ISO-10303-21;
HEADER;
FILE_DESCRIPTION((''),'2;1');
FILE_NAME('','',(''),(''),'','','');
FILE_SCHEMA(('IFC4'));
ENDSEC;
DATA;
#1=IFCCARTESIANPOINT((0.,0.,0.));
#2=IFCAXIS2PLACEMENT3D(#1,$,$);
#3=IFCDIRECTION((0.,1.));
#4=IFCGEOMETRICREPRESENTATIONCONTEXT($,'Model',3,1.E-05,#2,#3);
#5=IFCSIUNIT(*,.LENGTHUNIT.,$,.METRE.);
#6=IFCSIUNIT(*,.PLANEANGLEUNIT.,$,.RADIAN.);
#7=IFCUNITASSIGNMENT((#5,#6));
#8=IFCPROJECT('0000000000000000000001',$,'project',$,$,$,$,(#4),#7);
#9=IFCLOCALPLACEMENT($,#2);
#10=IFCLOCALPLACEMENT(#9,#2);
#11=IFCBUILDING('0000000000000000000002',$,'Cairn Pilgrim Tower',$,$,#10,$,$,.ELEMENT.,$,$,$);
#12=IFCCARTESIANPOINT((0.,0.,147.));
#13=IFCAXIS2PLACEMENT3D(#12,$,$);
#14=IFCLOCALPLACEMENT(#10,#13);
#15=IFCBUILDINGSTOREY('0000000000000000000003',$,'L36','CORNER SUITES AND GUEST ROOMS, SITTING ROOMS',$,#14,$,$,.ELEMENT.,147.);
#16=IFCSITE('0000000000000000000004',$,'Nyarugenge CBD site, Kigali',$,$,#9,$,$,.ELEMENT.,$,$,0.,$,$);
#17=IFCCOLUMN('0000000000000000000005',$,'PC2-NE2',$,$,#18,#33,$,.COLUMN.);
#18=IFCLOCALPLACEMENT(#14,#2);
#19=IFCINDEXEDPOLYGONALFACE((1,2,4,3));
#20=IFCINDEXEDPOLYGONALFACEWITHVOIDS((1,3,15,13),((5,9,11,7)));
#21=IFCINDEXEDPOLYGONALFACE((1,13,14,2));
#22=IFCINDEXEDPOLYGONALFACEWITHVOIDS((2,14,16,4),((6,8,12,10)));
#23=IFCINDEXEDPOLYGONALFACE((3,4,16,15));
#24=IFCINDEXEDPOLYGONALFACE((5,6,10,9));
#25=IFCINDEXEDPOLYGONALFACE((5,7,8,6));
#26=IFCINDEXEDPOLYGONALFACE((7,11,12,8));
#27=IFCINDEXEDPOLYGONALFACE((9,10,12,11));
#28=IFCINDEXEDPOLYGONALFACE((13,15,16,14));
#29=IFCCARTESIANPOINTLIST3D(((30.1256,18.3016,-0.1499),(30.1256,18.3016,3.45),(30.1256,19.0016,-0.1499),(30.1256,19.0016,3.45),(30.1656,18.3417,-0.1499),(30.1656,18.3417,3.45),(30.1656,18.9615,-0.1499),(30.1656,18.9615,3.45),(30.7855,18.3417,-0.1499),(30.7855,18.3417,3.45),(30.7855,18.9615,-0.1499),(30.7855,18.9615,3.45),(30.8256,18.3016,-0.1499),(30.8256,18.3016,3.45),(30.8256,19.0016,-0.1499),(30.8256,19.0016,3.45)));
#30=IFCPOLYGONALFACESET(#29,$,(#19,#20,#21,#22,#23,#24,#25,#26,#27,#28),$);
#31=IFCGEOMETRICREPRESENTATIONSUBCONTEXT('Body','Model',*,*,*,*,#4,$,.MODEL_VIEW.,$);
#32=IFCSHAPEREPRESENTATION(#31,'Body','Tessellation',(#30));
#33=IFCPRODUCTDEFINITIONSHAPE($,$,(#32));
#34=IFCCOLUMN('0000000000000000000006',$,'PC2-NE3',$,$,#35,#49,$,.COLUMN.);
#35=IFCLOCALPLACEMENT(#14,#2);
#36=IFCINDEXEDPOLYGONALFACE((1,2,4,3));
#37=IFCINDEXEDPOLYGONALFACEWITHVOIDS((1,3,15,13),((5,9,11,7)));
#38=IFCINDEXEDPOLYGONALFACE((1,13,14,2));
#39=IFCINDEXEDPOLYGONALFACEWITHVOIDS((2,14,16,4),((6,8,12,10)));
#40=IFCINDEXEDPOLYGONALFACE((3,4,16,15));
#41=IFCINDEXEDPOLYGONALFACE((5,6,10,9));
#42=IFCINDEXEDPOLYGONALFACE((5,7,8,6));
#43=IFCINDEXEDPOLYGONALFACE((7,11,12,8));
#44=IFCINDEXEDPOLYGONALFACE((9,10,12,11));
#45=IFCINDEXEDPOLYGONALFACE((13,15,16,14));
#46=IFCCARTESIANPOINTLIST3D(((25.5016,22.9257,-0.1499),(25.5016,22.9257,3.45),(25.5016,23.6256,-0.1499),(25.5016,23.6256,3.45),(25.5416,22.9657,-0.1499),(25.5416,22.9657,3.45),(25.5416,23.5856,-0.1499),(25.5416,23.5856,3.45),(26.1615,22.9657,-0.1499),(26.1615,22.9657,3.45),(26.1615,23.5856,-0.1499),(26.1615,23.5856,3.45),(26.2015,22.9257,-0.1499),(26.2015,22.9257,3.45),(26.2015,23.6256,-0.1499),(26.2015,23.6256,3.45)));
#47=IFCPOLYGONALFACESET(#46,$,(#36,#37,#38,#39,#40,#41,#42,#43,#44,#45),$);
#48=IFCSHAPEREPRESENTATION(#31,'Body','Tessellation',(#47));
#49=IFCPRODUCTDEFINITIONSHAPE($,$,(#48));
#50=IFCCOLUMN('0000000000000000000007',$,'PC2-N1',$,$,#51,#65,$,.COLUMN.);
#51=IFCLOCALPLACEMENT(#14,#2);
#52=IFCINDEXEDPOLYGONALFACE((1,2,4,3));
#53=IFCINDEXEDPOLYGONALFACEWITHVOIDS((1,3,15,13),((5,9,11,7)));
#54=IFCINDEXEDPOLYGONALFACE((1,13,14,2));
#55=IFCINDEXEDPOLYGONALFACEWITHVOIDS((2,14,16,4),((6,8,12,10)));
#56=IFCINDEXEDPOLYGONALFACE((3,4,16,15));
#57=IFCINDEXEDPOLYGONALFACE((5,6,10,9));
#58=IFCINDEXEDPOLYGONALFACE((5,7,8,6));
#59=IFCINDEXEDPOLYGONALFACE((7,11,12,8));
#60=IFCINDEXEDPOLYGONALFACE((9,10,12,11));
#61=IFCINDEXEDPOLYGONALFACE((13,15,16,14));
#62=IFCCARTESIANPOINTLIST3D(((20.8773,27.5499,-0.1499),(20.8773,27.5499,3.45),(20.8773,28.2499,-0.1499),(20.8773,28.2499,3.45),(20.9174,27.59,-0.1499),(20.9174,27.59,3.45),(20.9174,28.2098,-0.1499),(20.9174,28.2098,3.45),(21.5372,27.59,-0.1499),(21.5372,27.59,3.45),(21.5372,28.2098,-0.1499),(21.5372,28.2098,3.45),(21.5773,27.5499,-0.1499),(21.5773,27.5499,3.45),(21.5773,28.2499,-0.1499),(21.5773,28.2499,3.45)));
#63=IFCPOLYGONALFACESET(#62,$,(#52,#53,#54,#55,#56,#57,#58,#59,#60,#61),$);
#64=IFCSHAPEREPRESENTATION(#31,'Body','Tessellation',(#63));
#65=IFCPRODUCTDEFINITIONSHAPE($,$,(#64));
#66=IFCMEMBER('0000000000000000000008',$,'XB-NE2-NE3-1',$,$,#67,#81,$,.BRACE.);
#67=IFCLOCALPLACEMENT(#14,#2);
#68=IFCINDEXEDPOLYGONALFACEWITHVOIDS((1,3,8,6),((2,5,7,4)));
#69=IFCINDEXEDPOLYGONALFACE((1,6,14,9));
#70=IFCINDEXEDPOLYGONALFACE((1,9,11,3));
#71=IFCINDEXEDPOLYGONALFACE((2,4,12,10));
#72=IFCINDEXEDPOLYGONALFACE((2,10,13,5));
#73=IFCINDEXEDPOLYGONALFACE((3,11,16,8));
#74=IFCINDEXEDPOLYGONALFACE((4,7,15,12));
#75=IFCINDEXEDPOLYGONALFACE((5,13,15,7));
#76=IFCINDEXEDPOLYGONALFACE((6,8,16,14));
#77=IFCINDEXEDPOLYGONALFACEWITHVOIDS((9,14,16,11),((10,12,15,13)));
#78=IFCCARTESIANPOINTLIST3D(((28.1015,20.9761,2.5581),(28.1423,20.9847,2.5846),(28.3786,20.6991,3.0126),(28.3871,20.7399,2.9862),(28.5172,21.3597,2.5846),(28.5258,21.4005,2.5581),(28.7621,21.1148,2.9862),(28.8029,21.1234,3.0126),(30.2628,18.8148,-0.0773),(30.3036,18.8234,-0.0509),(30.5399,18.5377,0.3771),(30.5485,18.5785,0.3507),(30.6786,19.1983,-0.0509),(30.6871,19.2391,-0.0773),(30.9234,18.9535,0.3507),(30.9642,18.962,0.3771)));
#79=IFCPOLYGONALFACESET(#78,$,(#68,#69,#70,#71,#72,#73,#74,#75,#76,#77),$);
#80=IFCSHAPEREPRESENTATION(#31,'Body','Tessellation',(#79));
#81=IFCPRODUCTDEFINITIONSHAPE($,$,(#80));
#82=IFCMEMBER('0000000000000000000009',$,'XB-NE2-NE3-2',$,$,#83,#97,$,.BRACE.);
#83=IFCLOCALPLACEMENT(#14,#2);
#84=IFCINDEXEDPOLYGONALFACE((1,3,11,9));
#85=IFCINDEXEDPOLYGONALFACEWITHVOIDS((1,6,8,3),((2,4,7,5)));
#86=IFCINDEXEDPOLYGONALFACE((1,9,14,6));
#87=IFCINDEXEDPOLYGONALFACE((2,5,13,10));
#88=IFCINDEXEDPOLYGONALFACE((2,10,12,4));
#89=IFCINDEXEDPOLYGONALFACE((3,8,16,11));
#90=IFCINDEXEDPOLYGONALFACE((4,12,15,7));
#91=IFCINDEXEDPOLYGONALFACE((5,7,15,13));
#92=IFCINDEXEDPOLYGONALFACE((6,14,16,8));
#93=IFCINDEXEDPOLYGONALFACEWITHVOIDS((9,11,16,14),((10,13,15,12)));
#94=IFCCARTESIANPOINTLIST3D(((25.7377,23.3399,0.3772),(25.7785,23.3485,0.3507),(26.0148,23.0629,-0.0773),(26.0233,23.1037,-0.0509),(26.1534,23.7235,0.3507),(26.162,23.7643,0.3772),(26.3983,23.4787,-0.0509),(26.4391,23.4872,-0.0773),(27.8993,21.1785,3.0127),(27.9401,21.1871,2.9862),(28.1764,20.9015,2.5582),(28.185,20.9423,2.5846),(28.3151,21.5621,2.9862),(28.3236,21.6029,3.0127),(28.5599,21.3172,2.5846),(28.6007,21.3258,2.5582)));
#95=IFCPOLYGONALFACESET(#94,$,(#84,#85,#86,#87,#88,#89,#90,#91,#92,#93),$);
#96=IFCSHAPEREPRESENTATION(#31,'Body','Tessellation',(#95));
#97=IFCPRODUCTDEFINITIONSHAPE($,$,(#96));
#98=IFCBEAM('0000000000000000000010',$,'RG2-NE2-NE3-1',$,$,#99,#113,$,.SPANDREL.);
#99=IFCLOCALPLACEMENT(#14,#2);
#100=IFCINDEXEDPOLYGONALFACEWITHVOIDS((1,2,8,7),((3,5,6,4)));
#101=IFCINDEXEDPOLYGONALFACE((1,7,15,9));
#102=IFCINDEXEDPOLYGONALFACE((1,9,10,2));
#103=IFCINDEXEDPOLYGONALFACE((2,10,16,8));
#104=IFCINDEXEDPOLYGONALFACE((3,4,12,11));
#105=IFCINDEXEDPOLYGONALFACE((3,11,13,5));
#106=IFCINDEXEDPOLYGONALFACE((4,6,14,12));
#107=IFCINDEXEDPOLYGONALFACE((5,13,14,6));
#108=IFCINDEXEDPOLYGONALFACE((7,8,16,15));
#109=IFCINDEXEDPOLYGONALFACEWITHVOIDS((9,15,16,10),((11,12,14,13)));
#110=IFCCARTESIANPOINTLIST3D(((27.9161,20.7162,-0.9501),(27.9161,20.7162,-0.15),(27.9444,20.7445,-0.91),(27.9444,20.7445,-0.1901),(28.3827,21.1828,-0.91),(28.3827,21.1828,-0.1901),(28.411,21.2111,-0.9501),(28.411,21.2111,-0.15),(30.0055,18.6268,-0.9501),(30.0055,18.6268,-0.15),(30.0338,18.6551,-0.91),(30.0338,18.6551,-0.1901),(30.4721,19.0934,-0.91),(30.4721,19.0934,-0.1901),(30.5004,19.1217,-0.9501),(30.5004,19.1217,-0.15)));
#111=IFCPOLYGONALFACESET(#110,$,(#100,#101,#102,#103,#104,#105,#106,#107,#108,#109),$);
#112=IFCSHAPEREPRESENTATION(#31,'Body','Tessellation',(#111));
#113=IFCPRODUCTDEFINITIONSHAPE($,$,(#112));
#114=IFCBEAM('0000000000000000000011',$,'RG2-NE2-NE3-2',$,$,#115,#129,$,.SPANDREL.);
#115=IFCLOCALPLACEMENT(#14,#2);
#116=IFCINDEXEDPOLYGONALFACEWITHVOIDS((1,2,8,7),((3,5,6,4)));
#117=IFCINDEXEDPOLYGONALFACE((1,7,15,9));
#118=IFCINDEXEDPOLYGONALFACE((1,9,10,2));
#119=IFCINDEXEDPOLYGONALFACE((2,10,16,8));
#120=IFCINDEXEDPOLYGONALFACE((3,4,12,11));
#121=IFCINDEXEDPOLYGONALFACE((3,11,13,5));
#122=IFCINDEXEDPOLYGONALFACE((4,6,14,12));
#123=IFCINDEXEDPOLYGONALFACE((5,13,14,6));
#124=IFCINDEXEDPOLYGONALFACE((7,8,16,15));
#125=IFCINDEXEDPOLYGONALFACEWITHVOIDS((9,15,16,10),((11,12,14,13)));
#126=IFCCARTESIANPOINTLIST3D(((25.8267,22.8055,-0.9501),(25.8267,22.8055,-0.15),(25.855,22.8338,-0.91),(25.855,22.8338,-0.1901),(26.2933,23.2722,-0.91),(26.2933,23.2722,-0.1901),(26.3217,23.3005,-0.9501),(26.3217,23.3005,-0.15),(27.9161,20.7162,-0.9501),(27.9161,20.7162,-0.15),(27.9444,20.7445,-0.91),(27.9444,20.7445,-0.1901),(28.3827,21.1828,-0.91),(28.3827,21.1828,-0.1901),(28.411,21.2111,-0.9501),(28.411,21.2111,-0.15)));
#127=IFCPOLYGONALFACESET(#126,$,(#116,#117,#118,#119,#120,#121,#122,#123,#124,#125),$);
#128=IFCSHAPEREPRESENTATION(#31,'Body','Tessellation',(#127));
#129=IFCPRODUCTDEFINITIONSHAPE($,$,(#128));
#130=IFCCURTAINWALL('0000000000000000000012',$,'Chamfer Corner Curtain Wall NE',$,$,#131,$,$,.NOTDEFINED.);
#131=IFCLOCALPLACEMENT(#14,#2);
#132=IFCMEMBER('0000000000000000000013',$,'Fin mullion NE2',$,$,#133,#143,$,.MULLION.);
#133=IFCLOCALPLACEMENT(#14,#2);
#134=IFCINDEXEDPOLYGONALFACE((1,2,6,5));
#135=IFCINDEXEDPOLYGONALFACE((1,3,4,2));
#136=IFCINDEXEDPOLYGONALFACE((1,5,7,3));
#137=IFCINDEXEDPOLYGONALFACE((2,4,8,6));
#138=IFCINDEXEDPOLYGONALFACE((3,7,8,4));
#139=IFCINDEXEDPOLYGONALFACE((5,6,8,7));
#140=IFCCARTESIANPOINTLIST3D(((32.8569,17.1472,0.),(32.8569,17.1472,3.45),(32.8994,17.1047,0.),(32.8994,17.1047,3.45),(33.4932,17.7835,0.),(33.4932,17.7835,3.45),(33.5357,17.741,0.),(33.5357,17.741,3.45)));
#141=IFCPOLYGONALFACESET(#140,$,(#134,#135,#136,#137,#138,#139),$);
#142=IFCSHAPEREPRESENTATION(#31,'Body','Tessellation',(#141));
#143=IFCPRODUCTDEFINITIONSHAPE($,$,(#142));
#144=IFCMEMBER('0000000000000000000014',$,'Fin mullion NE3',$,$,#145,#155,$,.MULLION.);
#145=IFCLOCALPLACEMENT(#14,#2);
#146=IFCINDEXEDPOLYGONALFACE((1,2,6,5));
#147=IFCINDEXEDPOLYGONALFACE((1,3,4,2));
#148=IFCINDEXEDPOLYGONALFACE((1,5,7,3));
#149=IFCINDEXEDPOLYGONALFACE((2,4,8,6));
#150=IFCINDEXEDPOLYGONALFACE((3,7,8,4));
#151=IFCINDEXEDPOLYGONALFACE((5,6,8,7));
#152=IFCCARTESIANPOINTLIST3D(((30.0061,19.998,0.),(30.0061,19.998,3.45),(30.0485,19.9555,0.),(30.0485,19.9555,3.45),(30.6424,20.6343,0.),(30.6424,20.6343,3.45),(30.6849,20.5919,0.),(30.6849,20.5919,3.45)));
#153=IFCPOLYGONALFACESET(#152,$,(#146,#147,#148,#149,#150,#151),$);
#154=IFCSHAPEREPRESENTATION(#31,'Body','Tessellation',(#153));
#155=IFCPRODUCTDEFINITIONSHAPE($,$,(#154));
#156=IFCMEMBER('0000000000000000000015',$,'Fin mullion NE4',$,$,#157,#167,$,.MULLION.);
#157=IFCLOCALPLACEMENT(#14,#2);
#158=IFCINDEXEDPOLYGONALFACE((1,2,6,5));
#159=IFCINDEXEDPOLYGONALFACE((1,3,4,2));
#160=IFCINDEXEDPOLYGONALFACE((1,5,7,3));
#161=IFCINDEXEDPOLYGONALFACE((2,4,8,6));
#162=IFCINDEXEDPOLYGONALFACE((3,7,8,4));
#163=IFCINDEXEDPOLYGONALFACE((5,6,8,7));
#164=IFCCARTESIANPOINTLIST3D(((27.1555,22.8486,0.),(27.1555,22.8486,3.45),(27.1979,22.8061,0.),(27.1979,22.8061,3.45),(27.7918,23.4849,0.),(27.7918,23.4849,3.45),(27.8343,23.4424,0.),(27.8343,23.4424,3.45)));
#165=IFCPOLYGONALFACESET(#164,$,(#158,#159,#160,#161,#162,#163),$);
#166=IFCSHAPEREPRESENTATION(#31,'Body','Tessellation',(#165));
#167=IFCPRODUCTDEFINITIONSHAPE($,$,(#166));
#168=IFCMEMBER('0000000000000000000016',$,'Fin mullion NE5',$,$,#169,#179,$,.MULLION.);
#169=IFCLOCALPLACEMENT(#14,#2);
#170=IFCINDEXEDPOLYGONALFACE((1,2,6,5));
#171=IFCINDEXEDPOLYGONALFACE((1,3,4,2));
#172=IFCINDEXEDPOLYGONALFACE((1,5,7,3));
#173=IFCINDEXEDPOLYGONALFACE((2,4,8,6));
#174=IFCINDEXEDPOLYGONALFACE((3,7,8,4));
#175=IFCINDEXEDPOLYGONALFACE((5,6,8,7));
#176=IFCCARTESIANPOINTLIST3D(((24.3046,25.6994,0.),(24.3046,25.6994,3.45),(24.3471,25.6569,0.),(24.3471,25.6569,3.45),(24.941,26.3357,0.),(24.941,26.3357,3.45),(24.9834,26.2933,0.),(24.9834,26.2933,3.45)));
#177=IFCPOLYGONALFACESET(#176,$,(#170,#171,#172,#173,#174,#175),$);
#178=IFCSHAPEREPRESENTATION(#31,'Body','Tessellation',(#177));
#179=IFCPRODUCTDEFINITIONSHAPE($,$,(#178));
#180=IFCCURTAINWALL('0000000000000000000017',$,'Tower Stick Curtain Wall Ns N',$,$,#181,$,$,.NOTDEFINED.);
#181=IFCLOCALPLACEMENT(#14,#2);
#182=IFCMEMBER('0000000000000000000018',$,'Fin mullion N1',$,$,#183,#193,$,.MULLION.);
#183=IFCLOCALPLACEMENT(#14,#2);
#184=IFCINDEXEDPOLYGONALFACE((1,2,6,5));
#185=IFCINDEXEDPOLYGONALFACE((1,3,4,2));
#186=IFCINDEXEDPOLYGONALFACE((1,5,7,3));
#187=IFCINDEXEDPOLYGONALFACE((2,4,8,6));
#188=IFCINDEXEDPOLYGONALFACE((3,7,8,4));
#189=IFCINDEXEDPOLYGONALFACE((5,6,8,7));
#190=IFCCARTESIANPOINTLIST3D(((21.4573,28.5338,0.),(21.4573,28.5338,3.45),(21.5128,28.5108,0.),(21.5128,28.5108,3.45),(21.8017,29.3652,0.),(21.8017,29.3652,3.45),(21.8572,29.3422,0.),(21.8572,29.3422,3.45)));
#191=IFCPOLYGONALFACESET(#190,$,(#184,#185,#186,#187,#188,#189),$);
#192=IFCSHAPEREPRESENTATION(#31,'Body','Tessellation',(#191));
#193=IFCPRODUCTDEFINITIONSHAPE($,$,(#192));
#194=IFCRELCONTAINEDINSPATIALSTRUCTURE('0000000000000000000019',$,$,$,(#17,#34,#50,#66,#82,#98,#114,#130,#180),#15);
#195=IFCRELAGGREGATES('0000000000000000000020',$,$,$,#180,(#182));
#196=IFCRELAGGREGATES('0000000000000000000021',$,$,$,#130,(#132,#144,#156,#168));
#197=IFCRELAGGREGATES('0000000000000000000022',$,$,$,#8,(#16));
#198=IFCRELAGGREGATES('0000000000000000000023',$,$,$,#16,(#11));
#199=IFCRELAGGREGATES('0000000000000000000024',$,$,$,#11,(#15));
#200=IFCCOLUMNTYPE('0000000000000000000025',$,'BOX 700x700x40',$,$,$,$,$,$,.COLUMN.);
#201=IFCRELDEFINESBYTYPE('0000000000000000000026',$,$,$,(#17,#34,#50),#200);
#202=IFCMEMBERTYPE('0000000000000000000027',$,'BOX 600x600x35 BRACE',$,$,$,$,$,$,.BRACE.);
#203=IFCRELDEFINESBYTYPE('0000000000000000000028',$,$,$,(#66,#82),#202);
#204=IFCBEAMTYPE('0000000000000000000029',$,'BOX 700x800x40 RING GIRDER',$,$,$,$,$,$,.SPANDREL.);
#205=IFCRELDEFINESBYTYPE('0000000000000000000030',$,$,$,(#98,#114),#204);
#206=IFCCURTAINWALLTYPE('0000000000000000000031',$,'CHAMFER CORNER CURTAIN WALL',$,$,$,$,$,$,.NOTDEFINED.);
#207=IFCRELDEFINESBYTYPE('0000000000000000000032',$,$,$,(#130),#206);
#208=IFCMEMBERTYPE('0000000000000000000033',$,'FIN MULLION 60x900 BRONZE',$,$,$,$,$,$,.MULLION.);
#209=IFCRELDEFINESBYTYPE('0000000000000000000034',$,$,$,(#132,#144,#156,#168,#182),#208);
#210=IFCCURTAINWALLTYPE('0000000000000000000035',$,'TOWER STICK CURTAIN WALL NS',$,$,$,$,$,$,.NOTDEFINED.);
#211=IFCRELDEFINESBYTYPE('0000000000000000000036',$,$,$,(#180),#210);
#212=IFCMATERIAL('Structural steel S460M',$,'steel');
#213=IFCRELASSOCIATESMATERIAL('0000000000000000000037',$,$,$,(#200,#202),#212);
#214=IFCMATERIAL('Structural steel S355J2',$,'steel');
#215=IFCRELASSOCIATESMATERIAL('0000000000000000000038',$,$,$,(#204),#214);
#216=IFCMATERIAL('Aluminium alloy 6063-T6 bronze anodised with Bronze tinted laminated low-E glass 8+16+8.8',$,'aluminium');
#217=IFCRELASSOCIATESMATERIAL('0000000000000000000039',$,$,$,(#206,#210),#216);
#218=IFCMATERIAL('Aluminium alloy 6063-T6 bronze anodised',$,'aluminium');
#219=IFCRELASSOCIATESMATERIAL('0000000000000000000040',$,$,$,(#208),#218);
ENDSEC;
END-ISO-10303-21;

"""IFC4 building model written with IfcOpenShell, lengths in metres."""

from ifc_helpers import new_model, si_unit, direction, frame, origin, origin_2d, place, context, subcontext, project, spatial, rectangle, hollow_rectangle, extrude, material, material_profile, profile_set, type_object, element, aggregate, save


model = new_model("IFC4")

# Units and contexts
model_context = context("Model", 3, precision=1e-05, world=origin(), true_north=direction((0.0, 1.0)))
body_context = subcontext(model_context, "Body", "Model", "MODEL_VIEW")
ifc_project = project(units=[si_unit("LENGTHUNIT", "METRE"), si_unit("PLANEANGLEUNIT", "RADIAN")], contexts=[model_context])

# Site, building, storey
site_placement = place(None, origin())
site = spatial("IfcSite", under=ifc_project, at=site_placement, Name="Nyarugenge CBD site, Kigali", CompositionType="ELEMENT", RefElevation=0.0)
building_placement = place(site_placement, origin())
building = spatial("IfcBuilding", under=site, at=building_placement, Name="Cairn Pilgrim Tower", CompositionType="ELEMENT")
storey_placement = place(building_placement, frame((0.0, 0.0, 147.0)))
storey = spatial("IfcBuildingStorey", under=building, at=storey_placement, Name="L36", Description="CORNER SUITES AND GUEST ROOMS, SITTING ROOMS", CompositionType="ELEMENT", Elevation=147.0)

# Columns
ifc_material_1 = material(Name="Structural steel S460M", Category="steel")
ifc_material_profile_1 = material_profile(ifc_material_1, hollow_rectangle(XDim=0.7, YDim=0.7, WallThickness=0.04, at=origin_2d()), Name="BOX 700x700x40")
ifc_profile_set_1 = profile_set([ifc_material_profile_1], Name="Structural steel S460M")
column_type = type_object("IfcColumnType", Name="BOX 700x700x40", PredefinedType="COLUMN", material=ifc_profile_set_1)
for number, where, z_axis, x_axis, name in (
    (1, (30.4756, 18.6516, -0.1499), (0.0, 0.0, 1.0), (1.0, 0.0, 0.0), "PC2-NE2"),
    (2, (25.8516, 23.2756, -0.1499), (0.0, 0.0, 1.0), (1.0, 0.0, 0.0), "PC2-NE3"),
    (3, (21.2273, 27.8999, -0.1499), (0.0, 0.0, 1.0), (1.0, 0.0, 0.0), "PC2-N1"),
):
    element("IfcColumn", number, at=place(storey_placement, frame(where, z_axis=z_axis, x_axis=x_axis)), inside=storey, type_object=column_type, Name=name, PredefinedType="COLUMN", context=body_context, shape_type="SweptSolid", body=[
        extrude(hollow_rectangle(XDim=0.7, YDim=0.7, WallThickness=0.04, at=origin_2d()), origin(), (0.0, 0.0, 1.0), 3.5999),
    ])

# Members
ifc_material_profile_2 = material_profile(ifc_material_1, hollow_rectangle(XDim=0.6001, YDim=0.6001, WallThickness=0.0349, at=origin_2d()), Name="BOX 600x600x35")
ifc_profile_set_2 = profile_set([ifc_material_profile_2], Name="Structural steel S460M")
member_type_1 = type_object("IfcMemberType", Name="BOX 600x600x35 BRACE", PredefinedType="BRACE", material=ifc_profile_set_2)
member_1_placement = place(storey_placement, frame((30.6135, 18.8884, 0.1499), z_axis=(-0.53553, 0.53553, 0.653004), x_axis=(-0.707107, -0.707107, 0.0)))
element("IfcMember", 4, at=member_1_placement, inside=storey, type_object=member_type_1, Name="XB-NE2-NE3-1", PredefinedType="BRACE", context=body_context, shape_type="SweptSolid", body=[
    extrude(hollow_rectangle(XDim=0.6001, YDim=0.6001, WallThickness=0.0349, at=origin_2d()), origin(), (0.0, 0.0, 1.0), 4.0359),
])
member_2_placement = place(storey_placement, frame((26.0884, 23.4136, 0.1499), z_axis=(0.535573, -0.535513, 0.652983), x_axis=(0.707067, 0.707147, 0.0)))
element("IfcMember", 5, at=member_2_placement, inside=storey, type_object=member_type_1, Name="XB-NE2-NE3-2", PredefinedType="BRACE", context=body_context, shape_type="SweptSolid", body=[
    extrude(hollow_rectangle(XDim=0.6001, YDim=0.6001, WallThickness=0.0349, at=origin_2d()), origin(), (0.0, 0.0, 1.0), 4.0361),
])

# Beams
ifc_material_2 = material(Name="Structural steel S355J2", Category="steel")
ifc_material_profile_3 = material_profile(ifc_material_2, hollow_rectangle(XDim=0.7, YDim=0.8, WallThickness=0.04, at=origin_2d()), Name="BOX 700x800x40")
ifc_profile_set_3 = profile_set([ifc_material_profile_3], Name="Structural steel S355J2")
beam_type_1 = type_object("IfcBeamType", Name="BOX 700x800x40 RING GIRDER", PredefinedType="SPANDREL", material=ifc_profile_set_3)
for number, where, z_axis, x_axis, name in (
    (6, (30.2529, 18.8743, -0.55), (-0.707107, 0.707107, 0.0), (-0.707107, -0.707107, 0.0), "RG2-NE2-NE3-1"),
    (7, (28.1636, 20.9636, -0.55), (-0.707107, 0.707107, 0.0), (-0.707107, -0.707107, 0.0), "RG2-NE2-NE3-2"),
):
    element("IfcBeam", number, at=place(storey_placement, frame(where, z_axis=z_axis, x_axis=x_axis)), inside=storey, type_object=beam_type_1, Name=name, PredefinedType="SPANDREL", context=body_context, shape_type="SweptSolid", body=[
        extrude(hollow_rectangle(XDim=0.7, YDim=0.8, WallThickness=0.04, at=origin_2d()), origin(), (0.0, 0.0, 1.0), 2.9548),
    ])

# Curtain wall, members
ifc_material_3 = material(Name="Aluminium alloy 6063-T6 bronze anodised with Bronze tinted laminated low-E glass 8+16+8.8", Category="aluminium")
curtain_wall_type_1 = type_object("IfcCurtainWallType", Name="CHAMFER CORNER CURTAIN WALL", PredefinedType="NOTDEFINED", material=ifc_material_3)
curtain_wall_1_placement = place(storey_placement, origin())
curtain_wall_1 = element("IfcCurtainWall", 8, at=curtain_wall_1_placement, inside=storey, type_object=curtain_wall_type_1, Name="Chamfer Corner Curtain Wall NE", PredefinedType="NOTDEFINED")
ifc_material_4 = material(Name="Aluminium alloy 6063-T6 bronze anodised", Category="aluminium")
ifc_material_profile_4 = material_profile(ifc_material_4, rectangle(XDim=0.8999, YDim=0.0601, at=origin_2d()), Name="FIN MULLION 60x900 BRONZE")
ifc_profile_set_4 = profile_set([ifc_material_profile_4], Name="Aluminium alloy 6063-T6 bronze anodised")
member_type_2 = type_object("IfcMemberType", Name="FIN MULLION 60x900 BRONZE", PredefinedType="MULLION", material=ifc_profile_set_4)
member_3_placement = place(storey_placement, frame((33.1963, 17.4441, 0.0), z_axis=(0.0, 0.0, 1.0), x_axis=(0.707107, 0.707107, 0.0)))
member_3 = element("IfcMember", 9, at=member_3_placement, type_object=member_type_2, Name="Fin mullion NE2", PredefinedType="MULLION", context=body_context, shape_type="SweptSolid", body=[
    extrude(rectangle(XDim=0.8999, YDim=0.0601, at=origin_2d()), origin(), (0.0, 0.0, 1.0), 3.45),
])
member_4_placement = place(storey_placement, frame((30.3455, 20.2949, 0.0), z_axis=(0.0, 0.0, 1.0), x_axis=(0.707107, 0.707107, 0.0)))
member_4 = element("IfcMember", 10, at=member_4_placement, type_object=member_type_2, Name="Fin mullion NE3", PredefinedType="MULLION", context=body_context, shape_type="SweptSolid", body=[
    extrude(rectangle(XDim=0.8999, YDim=0.0601, at=origin_2d()), origin(), (0.0, 0.0, 1.0), 3.45),
])
member_5_placement = place(storey_placement, frame((27.4949, 23.1455, 0.0), z_axis=(0.0, 0.0, 1.0), x_axis=(0.707107, 0.707107, 0.0)))
member_5 = element("IfcMember", 11, at=member_5_placement, type_object=member_type_2, Name="Fin mullion NE4", PredefinedType="MULLION", context=body_context, shape_type="SweptSolid", body=[
    extrude(rectangle(XDim=0.8999, YDim=0.0601, at=origin_2d()), origin(), (0.0, 0.0, 1.0), 3.45),
])
member_6_placement = place(storey_placement, frame((24.644, 25.9963, 0.0), z_axis=(0.0, 0.0, 1.0), x_axis=(0.707107, 0.707107, 0.0)))
member_6 = element("IfcMember", 12, at=member_6_placement, type_object=member_type_2, Name="Fin mullion NE5", PredefinedType="MULLION", context=body_context, shape_type="SweptSolid", body=[
    extrude(rectangle(XDim=0.8999, YDim=0.0601, at=origin_2d()), origin(), (0.0, 0.0, 1.0), 3.45),
])

# Curtain wall, member
curtain_wall_type_2 = type_object("IfcCurtainWallType", Name="TOWER STICK CURTAIN WALL NS", PredefinedType="NOTDEFINED", material=ifc_material_3)
curtain_wall_2_placement = place(storey_placement, origin())
curtain_wall_2 = element("IfcCurtainWall", 13, at=curtain_wall_2_placement, inside=storey, type_object=curtain_wall_type_2, Name="Tower Stick Curtain Wall Ns N", PredefinedType="NOTDEFINED")
member_7_placement = place(storey_placement, frame((21.6572, 28.938, 0.0), z_axis=(0.0, 0.0, 1.0), x_axis=(0.382683, 0.92388, 0.0)))
member_7 = element("IfcMember", 14, at=member_7_placement, type_object=member_type_2, Name="Fin mullion N1", PredefinedType="MULLION", context=body_context, shape_type="SweptSolid", body=[
    extrude(rectangle(XDim=0.8999, YDim=0.0601, at=origin_2d()), origin(), (0.0, 0.0, 1.0), 3.45),
])
aggregate(curtain_wall_2, [member_7])

aggregate(curtain_wall_1, [member_3, member_4, member_5, member_6])

save(model, "model.ifc")
